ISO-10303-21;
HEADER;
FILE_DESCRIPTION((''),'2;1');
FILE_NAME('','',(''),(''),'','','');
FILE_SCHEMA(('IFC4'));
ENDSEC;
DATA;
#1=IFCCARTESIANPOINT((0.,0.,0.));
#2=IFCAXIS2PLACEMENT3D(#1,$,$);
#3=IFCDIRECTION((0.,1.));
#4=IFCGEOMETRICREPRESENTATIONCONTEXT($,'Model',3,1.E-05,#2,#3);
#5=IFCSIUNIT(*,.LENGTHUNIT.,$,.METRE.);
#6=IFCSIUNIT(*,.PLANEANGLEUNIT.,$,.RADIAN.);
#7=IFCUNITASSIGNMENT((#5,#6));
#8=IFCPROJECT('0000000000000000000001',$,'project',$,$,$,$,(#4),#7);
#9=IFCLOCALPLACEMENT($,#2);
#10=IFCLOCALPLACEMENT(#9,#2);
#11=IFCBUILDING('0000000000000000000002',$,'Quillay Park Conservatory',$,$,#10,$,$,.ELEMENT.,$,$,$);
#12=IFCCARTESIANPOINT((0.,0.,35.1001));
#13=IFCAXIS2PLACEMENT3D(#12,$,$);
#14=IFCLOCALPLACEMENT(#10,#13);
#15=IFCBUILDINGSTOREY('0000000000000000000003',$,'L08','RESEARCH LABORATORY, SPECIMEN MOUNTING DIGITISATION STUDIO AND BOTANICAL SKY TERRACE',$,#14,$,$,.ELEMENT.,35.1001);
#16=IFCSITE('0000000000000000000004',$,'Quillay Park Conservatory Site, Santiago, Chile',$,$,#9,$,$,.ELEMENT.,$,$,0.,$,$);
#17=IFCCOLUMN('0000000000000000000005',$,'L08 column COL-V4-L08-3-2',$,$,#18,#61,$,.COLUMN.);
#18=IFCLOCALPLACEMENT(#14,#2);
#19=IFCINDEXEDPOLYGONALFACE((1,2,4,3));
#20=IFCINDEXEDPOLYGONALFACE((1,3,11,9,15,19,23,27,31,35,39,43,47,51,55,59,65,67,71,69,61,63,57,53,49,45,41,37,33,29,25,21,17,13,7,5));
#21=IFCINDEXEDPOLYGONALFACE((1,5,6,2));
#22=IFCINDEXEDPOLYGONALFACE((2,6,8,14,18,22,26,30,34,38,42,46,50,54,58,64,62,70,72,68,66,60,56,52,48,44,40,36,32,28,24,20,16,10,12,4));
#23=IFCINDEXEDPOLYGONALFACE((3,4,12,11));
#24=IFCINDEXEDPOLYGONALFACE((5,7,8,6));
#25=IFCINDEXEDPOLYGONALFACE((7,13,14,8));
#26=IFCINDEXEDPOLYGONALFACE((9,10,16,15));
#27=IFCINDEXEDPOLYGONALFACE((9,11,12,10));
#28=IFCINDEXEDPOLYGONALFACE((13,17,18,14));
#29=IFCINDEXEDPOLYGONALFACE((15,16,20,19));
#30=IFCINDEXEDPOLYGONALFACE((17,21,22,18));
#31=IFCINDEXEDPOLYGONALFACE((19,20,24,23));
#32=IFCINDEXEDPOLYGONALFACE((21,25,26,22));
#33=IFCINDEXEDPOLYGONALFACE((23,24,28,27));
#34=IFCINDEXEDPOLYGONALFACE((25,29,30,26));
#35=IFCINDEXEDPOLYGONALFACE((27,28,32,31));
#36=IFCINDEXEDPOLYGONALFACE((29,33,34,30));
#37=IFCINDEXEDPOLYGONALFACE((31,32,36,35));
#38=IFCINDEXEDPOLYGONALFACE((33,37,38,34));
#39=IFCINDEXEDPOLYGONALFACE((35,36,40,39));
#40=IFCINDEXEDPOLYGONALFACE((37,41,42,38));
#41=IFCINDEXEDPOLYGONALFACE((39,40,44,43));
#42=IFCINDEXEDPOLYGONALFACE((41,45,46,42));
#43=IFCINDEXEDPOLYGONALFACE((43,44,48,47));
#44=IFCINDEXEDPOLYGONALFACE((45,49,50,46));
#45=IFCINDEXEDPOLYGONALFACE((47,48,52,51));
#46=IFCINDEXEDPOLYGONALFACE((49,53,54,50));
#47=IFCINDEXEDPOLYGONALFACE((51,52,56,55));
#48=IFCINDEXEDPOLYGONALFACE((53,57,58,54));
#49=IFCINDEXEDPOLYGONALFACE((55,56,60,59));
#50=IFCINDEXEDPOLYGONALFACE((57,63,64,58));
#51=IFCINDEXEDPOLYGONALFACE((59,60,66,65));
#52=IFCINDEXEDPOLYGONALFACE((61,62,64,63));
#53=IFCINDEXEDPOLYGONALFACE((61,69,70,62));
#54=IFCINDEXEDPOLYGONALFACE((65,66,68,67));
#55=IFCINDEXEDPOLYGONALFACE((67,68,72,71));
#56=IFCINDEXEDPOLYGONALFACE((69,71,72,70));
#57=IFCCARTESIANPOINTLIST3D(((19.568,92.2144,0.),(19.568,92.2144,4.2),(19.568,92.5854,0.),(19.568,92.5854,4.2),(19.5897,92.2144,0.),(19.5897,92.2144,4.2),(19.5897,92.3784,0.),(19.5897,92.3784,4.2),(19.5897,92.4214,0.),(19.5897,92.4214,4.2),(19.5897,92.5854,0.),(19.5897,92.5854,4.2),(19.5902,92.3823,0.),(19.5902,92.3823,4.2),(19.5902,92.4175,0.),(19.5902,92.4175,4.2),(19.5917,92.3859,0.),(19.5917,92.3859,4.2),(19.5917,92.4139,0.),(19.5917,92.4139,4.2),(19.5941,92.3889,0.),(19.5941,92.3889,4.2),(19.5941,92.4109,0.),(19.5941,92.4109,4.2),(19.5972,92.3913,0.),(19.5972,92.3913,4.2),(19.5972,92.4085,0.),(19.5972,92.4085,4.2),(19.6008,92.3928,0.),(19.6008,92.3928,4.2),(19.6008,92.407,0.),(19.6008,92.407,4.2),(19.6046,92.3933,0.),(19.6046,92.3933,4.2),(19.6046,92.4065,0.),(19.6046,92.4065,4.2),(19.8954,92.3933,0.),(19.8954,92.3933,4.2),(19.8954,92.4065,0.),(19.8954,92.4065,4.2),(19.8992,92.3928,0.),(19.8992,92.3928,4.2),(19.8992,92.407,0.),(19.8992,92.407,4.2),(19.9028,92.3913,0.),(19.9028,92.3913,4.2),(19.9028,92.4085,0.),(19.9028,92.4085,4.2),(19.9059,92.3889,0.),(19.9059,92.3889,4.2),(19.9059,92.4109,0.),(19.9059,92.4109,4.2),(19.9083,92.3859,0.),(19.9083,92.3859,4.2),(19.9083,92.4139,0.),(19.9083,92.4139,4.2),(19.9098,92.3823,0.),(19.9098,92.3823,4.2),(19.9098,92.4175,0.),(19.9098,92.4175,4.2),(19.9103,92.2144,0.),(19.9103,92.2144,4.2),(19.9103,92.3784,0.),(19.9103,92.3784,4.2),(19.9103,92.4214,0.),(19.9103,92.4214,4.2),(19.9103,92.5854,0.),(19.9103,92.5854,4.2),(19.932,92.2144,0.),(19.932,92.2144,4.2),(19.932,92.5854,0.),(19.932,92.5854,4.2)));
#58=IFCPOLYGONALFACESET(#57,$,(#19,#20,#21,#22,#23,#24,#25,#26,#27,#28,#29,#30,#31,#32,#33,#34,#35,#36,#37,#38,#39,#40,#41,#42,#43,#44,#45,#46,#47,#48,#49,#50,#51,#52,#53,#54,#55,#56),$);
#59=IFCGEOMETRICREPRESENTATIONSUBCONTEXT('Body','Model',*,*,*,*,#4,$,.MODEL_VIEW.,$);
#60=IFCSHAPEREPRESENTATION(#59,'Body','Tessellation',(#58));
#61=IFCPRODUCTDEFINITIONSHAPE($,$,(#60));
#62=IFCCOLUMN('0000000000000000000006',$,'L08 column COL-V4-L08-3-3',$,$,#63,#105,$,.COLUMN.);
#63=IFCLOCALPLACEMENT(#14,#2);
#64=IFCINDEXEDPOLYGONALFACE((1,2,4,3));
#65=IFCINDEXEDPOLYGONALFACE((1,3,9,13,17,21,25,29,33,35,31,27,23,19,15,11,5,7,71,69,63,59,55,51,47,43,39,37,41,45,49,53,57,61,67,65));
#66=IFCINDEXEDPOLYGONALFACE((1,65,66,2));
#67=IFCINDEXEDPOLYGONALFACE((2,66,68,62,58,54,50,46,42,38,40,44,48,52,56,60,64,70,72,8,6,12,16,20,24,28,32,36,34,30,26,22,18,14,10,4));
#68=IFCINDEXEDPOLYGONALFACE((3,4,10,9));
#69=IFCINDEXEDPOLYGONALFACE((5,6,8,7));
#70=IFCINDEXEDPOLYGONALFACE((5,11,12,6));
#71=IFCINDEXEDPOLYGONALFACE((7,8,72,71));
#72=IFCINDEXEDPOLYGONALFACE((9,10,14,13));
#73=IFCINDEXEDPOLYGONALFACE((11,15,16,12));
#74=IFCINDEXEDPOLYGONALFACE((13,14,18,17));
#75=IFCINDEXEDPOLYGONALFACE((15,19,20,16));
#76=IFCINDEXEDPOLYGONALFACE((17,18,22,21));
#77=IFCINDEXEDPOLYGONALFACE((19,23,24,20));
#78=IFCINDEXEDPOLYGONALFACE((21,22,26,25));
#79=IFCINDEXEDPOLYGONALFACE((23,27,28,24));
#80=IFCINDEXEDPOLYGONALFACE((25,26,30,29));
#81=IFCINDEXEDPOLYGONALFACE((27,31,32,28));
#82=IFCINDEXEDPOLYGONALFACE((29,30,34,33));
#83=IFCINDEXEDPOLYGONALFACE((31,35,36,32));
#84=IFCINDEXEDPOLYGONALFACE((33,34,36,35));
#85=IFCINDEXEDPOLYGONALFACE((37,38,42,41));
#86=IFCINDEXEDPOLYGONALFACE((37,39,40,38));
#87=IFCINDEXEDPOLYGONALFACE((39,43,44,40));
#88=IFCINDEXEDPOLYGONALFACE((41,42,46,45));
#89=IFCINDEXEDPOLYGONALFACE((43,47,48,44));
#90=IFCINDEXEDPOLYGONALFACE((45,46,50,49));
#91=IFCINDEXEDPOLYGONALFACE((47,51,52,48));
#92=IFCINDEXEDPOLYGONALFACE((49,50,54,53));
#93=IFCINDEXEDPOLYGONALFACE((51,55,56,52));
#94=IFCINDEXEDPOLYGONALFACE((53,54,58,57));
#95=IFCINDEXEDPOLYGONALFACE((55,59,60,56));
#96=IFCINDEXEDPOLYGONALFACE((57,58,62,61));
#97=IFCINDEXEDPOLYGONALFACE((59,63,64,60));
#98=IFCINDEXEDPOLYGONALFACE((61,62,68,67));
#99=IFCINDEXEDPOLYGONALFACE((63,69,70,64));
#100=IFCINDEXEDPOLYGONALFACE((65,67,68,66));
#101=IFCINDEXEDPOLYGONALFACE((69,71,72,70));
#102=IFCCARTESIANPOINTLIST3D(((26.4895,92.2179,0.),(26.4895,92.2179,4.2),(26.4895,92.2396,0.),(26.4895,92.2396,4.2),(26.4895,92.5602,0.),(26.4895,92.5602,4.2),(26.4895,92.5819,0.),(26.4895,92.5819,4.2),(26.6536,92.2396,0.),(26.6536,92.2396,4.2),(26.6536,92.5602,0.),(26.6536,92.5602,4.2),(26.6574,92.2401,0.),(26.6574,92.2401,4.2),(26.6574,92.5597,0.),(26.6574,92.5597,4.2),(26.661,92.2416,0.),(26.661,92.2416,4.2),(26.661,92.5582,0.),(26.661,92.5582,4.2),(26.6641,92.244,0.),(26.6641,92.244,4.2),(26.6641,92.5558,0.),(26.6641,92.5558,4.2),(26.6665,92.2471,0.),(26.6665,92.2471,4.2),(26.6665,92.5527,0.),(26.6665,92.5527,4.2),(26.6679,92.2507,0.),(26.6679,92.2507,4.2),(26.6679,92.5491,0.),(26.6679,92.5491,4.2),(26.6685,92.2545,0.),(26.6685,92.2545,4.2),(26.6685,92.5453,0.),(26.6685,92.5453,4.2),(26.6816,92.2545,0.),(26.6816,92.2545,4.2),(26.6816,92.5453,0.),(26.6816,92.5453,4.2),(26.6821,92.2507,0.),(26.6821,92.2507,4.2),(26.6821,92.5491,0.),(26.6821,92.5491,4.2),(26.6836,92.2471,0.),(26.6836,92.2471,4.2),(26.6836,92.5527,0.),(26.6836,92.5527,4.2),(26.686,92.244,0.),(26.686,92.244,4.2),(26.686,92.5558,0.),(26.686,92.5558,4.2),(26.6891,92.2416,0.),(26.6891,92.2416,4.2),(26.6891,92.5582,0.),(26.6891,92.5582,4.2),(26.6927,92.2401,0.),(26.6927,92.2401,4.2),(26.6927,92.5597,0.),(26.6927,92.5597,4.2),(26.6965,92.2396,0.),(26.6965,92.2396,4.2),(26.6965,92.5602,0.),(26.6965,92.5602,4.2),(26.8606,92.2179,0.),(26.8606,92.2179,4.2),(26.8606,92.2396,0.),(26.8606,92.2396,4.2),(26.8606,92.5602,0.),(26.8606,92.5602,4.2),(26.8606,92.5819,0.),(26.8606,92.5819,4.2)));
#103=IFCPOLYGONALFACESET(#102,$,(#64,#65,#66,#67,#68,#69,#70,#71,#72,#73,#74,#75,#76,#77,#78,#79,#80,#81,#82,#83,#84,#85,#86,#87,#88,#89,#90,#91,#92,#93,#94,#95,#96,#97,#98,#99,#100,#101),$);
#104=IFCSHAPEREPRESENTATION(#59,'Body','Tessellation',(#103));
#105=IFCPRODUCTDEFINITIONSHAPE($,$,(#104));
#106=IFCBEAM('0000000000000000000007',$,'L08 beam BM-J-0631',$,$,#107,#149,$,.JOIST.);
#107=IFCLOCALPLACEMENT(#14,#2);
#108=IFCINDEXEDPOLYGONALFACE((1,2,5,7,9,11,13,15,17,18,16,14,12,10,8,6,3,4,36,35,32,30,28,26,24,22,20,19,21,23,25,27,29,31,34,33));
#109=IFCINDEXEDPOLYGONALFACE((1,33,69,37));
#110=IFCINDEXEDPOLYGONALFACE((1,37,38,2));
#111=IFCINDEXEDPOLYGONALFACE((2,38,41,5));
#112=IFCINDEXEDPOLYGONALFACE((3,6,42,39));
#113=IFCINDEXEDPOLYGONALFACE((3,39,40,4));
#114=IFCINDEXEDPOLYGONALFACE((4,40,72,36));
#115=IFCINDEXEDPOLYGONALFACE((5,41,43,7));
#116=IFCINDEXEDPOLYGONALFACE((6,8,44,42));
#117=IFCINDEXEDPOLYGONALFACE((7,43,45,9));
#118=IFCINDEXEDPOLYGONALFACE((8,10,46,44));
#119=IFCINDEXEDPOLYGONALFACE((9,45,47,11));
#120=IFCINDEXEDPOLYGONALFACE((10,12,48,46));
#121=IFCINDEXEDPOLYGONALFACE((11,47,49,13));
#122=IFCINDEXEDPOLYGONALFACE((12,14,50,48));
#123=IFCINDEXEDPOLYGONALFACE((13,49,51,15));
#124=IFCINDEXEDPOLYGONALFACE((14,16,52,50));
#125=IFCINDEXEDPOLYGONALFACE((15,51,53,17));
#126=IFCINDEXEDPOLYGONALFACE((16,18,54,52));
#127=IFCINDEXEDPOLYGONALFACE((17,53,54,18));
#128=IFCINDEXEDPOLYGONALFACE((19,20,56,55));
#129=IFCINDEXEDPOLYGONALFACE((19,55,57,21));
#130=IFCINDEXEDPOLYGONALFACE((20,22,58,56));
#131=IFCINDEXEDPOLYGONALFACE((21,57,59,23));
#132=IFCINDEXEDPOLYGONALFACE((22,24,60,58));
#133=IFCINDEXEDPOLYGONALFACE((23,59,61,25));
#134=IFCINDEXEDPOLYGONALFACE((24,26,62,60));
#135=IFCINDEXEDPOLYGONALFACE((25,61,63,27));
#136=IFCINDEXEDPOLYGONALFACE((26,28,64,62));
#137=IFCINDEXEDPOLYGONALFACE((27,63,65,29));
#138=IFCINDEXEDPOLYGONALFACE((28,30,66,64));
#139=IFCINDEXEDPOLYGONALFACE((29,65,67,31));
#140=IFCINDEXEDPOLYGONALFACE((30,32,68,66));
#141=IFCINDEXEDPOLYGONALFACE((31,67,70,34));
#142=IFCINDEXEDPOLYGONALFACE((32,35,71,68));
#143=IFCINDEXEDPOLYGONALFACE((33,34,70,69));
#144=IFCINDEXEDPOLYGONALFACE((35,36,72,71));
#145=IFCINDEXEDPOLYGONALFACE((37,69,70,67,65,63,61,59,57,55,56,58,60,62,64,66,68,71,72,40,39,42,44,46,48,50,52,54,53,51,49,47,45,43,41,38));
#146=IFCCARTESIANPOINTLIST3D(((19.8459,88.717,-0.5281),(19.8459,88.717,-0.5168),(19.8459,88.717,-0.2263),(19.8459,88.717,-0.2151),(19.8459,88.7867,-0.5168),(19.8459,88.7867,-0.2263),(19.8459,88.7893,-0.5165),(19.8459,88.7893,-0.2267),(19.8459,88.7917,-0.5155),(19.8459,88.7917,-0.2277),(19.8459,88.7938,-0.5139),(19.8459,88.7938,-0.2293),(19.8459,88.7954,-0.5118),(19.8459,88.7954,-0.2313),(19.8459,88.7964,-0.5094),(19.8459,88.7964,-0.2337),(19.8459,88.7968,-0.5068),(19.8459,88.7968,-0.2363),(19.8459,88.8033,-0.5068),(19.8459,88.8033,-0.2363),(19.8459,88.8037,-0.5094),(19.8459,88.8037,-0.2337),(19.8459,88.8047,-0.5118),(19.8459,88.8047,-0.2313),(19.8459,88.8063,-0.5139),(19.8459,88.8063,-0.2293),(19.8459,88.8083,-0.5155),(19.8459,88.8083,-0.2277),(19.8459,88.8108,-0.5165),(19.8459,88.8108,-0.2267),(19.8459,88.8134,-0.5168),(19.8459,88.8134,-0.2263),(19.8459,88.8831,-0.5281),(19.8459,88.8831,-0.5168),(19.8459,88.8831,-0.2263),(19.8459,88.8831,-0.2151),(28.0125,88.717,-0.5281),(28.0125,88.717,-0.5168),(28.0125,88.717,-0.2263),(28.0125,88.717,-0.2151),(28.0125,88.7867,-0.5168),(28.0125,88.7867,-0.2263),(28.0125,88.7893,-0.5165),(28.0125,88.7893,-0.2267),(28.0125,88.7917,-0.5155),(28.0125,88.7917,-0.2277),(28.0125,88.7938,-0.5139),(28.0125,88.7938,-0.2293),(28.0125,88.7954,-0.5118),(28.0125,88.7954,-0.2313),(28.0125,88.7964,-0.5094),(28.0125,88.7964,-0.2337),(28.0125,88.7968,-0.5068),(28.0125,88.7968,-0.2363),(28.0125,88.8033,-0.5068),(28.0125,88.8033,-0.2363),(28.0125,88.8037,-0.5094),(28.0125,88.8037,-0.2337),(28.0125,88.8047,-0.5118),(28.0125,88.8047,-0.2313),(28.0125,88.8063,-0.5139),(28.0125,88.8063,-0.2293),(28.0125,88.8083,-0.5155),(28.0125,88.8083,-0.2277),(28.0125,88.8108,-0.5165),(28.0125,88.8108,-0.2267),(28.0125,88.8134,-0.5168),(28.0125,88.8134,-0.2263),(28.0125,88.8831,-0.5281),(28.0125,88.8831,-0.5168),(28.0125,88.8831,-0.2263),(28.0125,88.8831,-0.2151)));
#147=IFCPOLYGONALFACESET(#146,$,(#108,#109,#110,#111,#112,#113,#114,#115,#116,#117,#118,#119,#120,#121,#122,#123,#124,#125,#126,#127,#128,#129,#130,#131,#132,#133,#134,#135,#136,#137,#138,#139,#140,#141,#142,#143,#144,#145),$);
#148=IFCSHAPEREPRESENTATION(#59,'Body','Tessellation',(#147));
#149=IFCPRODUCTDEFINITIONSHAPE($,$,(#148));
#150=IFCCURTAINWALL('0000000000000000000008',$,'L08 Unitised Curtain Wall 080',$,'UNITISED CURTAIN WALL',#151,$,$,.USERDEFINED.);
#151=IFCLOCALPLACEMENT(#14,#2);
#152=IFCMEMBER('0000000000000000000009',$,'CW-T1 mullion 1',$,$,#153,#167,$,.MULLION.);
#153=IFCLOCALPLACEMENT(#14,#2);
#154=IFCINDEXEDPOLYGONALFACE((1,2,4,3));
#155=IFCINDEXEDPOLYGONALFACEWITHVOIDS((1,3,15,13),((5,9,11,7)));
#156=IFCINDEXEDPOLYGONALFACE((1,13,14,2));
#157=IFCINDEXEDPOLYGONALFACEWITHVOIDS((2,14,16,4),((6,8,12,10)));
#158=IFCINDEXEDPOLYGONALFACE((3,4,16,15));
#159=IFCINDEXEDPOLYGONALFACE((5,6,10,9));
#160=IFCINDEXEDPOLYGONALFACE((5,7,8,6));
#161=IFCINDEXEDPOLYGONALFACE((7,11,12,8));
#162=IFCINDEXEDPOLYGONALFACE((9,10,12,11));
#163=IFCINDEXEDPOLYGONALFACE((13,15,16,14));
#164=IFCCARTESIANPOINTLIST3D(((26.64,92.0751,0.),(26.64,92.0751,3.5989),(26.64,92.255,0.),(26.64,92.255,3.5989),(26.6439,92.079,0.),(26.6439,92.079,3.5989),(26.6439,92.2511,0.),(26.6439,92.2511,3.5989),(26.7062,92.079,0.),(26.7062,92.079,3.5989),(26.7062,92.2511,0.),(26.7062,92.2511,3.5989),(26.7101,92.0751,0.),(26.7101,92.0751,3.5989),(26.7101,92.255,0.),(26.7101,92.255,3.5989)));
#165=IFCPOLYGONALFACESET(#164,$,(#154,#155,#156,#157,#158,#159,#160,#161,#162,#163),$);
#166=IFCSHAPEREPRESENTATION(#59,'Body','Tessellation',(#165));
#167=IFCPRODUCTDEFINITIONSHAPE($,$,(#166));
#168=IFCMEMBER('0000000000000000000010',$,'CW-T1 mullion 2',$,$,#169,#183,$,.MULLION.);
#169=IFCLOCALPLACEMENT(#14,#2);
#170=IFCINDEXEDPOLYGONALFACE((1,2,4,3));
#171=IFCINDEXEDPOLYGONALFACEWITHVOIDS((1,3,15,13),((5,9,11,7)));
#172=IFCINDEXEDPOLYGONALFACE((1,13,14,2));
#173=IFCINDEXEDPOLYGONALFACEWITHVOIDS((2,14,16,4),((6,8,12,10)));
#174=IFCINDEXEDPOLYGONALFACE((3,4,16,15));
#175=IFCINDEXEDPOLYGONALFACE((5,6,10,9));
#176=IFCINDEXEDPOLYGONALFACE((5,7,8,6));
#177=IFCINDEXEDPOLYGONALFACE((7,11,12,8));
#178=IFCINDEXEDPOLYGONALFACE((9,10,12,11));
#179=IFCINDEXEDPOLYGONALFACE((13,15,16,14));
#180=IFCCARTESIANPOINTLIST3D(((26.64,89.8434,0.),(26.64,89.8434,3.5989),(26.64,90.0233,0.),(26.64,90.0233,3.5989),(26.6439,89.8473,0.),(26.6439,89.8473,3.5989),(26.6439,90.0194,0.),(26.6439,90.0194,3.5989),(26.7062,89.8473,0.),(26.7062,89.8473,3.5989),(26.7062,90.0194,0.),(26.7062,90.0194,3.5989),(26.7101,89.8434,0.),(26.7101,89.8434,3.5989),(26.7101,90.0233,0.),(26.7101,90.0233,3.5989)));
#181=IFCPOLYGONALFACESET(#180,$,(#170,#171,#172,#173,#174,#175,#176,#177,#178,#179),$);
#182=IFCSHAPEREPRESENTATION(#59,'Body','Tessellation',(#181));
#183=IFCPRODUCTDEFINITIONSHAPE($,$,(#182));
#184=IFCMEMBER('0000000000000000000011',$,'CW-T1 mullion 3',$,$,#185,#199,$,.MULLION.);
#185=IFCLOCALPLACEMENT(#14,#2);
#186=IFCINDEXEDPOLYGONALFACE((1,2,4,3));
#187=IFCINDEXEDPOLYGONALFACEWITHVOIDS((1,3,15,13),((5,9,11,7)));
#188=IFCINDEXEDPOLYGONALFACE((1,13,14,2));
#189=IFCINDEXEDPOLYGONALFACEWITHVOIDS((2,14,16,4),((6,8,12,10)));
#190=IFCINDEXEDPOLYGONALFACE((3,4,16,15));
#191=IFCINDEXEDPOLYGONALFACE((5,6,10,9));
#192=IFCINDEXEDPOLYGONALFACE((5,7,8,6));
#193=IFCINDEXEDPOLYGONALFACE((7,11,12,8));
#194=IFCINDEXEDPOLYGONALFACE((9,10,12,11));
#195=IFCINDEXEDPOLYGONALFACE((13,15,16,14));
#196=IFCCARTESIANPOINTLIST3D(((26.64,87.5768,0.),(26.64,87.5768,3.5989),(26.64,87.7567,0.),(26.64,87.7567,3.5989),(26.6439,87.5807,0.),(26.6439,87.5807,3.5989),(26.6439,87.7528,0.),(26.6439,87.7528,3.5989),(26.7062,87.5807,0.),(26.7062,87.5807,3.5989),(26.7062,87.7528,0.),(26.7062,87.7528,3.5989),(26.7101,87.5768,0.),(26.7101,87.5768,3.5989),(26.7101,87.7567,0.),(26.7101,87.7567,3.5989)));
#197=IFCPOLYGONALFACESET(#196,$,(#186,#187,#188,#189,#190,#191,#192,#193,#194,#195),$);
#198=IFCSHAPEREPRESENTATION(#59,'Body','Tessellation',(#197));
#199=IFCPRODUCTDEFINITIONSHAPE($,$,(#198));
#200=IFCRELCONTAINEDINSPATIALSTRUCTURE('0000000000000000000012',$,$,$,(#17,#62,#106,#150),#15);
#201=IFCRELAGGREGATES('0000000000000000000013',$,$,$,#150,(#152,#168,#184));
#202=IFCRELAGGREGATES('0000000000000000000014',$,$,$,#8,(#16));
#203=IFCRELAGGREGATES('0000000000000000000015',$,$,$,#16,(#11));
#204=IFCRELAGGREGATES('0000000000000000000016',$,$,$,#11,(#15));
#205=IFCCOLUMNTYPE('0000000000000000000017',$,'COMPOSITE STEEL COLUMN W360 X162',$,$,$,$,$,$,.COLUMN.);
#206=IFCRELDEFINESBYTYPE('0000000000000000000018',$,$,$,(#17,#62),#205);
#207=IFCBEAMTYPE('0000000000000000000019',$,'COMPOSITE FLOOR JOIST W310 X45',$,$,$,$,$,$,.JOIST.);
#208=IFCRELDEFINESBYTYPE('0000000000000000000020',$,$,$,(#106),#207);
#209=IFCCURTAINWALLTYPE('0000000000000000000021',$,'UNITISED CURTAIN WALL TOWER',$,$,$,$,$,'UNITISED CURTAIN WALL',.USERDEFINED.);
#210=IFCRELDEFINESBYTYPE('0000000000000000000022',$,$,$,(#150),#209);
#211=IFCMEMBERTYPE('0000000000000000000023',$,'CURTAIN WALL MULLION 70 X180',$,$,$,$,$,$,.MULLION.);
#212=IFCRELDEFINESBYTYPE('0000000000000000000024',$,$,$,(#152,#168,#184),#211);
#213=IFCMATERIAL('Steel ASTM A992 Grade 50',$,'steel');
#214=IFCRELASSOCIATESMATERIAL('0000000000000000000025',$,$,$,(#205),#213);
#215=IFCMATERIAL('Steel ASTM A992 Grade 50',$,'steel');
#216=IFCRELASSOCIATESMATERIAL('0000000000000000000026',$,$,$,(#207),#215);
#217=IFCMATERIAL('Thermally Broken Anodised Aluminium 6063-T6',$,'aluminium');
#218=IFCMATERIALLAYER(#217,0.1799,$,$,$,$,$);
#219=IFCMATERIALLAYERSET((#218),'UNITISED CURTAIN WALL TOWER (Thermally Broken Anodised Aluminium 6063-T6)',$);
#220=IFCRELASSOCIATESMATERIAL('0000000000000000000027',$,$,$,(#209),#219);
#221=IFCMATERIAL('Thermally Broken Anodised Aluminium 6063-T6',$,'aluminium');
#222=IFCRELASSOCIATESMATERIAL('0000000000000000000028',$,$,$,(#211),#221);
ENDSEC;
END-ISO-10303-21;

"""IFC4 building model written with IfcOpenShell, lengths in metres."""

from ifc_helpers import new_model, si_unit, direction, frame, origin, origin_2d, place, context, subcontext, project, spatial, hollow_rectangle, i_section, extrude, material, layer, layer_set, material_profile, profile_set, type_object, element, aggregate, save


model = new_model("IFC4")

# Units and contexts
model_context = context("Model", 3, precision=1e-05, world=origin(), true_north=direction((0.0, 1.0)))
body_context = subcontext(model_context, "Body", "Model", "MODEL_VIEW")
ifc_project = project(units=[si_unit("LENGTHUNIT", "METRE"), si_unit("PLANEANGLEUNIT", "RADIAN")], contexts=[model_context])

# Site, building, storey
site_placement = place(None, origin())
site = spatial("IfcSite", under=ifc_project, at=site_placement, Name="Quillay Park Conservatory Site, Santiago, Chile", CompositionType="ELEMENT", RefElevation=0.0)
building_placement = place(site_placement, origin())
building = spatial("IfcBuilding", under=site, at=building_placement, Name="Quillay Park Conservatory", CompositionType="ELEMENT")
storey_placement = place(building_placement, frame((0.0, 0.0, 35.1001)))
storey = spatial("IfcBuildingStorey", under=building, at=storey_placement, Name="L08", Description="RESEARCH LABORATORY, SPECIMEN MOUNTING DIGITISATION STUDIO AND BOTANICAL SKY TERRACE", CompositionType="ELEMENT", Elevation=35.1001)

# Columns
ifc_material_1 = material(Name="Steel ASTM A992 Grade 50", Category="steel")
ifc_material_profile_1 = material_profile(ifc_material_1, i_section(OverallWidth=0.3711, OverallDepth=0.364, WebThickness=0.0132, FlangeThickness=0.0217, FilletRadius=0.0149, at=origin_2d()), Name="W360x162")
ifc_profile_set_1 = profile_set([ifc_material_profile_1], Name="Steel ASTM A992 Grade 50")
column_type = type_object("IfcColumnType", Name="COMPOSITE STEEL COLUMN W360 X162", PredefinedType="COLUMN", material=ifc_profile_set_1)
for number, where, z_axis, x_axis, name in (
    (1, (19.75, 92.3999, 0.0), (0.0, 0.0, 1.0), (0.0, 1.0, 0.0), "L08 column COL-V4-L08-3-2"),
    (2, (26.675, 92.3999, 0.0), (0.0, 0.0, 1.0), (1.0, 0.0, 0.0), "L08 column COL-V4-L08-3-3"),
):
    element("IfcColumn", number, at=place(storey_placement, frame(where, z_axis=z_axis, x_axis=x_axis)), inside=storey, type_object=column_type, Name=name, PredefinedType="COLUMN", context=body_context, shape_type="SweptSolid", body=[
        extrude(i_section(OverallWidth=0.3711, OverallDepth=0.364, WebThickness=0.0132, FlangeThickness=0.0217, FilletRadius=0.0149, at=origin_2d()), origin(), (0.0, 0.0, 1.0), 4.2),
    ])

# Beam
ifc_material_2 = material(Name="Steel ASTM A992 Grade 50", Category="steel")
ifc_material_profile_2 = material_profile(ifc_material_2, i_section(OverallWidth=0.166, OverallDepth=0.313, WebThickness=0.0066, FlangeThickness=0.0112, FilletRadius=0.01, at=origin_2d()), Name="W310x45")
ifc_profile_set_2 = profile_set([ifc_material_profile_2], Name="Steel ASTM A992 Grade 50")
beam_type_1 = type_object("IfcBeamType", Name="COMPOSITE FLOOR JOIST W310 X45", PredefinedType="JOIST", material=ifc_profile_set_2)
beam_1_placement = place(storey_placement, frame((19.8459, 88.8, -0.3716), z_axis=(1.0, 0.0, 0.0), x_axis=(0.0, 1.0, 0.0)))
element("IfcBeam", 3, at=beam_1_placement, inside=storey, type_object=beam_type_1, Name="L08 beam BM-J-0631", PredefinedType="JOIST", context=body_context, shape_type="SweptSolid", body=[
    extrude(i_section(OverallWidth=0.166, OverallDepth=0.313, WebThickness=0.0066, FlangeThickness=0.0112, FilletRadius=0.01, at=origin_2d()), origin(), (0.0, 0.0, 1.0), 8.1665),
])

# Curtain wall, members
ifc_material_3 = material(Name="Thermally Broken Anodised Aluminium 6063-T6", Category="aluminium")
ifc_layer_1 = layer(ifc_material_3, 0.1799)
ifc_layer_set_1 = layer_set([ifc_layer_1], Name="UNITISED CURTAIN WALL TOWER (Thermally Broken Anodised Aluminium 6063-T6)")
curtain_wall_type = type_object("IfcCurtainWallType", Name="UNITISED CURTAIN WALL TOWER", ElementType="UNITISED CURTAIN WALL", PredefinedType="USERDEFINED", material=ifc_layer_set_1)
curtain_wall_placement = place(storey_placement, origin())
curtain_wall = element("IfcCurtainWall", 4, at=curtain_wall_placement, inside=storey, type_object=curtain_wall_type, Name="L08 Unitised Curtain Wall 080", ObjectType="UNITISED CURTAIN WALL", PredefinedType="USERDEFINED")
ifc_material_4 = material(Name="Thermally Broken Anodised Aluminium 6063-T6", Category="aluminium")
ifc_material_profile_3 = material_profile(ifc_material_4, hollow_rectangle(XDim=0.0701, YDim=0.1799, WallThickness=0.0039, at=origin_2d()), Name="AL70x180x4")
ifc_profile_set_3 = profile_set([ifc_material_profile_3], Name="Thermally Broken Anodised Aluminium 6063-T6")
member_type_1 = type_object("IfcMemberType", Name="CURTAIN WALL MULLION 70 X180", PredefinedType="MULLION", material=ifc_profile_set_3)
member_1_placement = place(storey_placement, frame((26.675, 92.165, 0.0), z_axis=(0.0, 0.0, 1.0), x_axis=(1.0, 0.0, 0.0)))
member_1 = element("IfcMember", 5, at=member_1_placement, type_object=member_type_1, Name="CW-T1 mullion 1", PredefinedType="MULLION", context=body_context, shape_type="SweptSolid", body=[
    extrude(hollow_rectangle(XDim=0.0701, YDim=0.1799, WallThickness=0.0039, at=origin_2d()), origin(), (0.0, 0.0, 1.0), 3.5989),
])
member_2_placement = place(storey_placement, frame((26.675, 89.9333, 0.0), z_axis=(0.0, 0.0, 1.0), x_axis=(1.0, 0.0, 0.0)))
member_2 = element("IfcMember", 6, at=member_2_placement, type_object=member_type_1, Name="CW-T1 mullion 2", PredefinedType="MULLION", context=body_context, shape_type="SweptSolid", body=[
    extrude(hollow_rectangle(XDim=0.0701, YDim=0.1799, WallThickness=0.0039, at=origin_2d()), origin(), (0.0, 0.0, 1.0), 3.5989),
])
member_3_placement = place(storey_placement, frame((26.675, 87.6667, 0.0), z_axis=(0.0, 0.0, 1.0), x_axis=(1.0, 0.0, 0.0)))
member_3 = element("IfcMember", 7, at=member_3_placement, type_object=member_type_1, Name="CW-T1 mullion 3", PredefinedType="MULLION", context=body_context, shape_type="SweptSolid", body=[
    extrude(hollow_rectangle(XDim=0.0701, YDim=0.1799, WallThickness=0.0039, at=origin_2d()), origin(), (0.0, 0.0, 1.0), 3.5989),
])

aggregate(curtain_wall, [member_1, member_2, member_3])

save(model, "model.ifc")
